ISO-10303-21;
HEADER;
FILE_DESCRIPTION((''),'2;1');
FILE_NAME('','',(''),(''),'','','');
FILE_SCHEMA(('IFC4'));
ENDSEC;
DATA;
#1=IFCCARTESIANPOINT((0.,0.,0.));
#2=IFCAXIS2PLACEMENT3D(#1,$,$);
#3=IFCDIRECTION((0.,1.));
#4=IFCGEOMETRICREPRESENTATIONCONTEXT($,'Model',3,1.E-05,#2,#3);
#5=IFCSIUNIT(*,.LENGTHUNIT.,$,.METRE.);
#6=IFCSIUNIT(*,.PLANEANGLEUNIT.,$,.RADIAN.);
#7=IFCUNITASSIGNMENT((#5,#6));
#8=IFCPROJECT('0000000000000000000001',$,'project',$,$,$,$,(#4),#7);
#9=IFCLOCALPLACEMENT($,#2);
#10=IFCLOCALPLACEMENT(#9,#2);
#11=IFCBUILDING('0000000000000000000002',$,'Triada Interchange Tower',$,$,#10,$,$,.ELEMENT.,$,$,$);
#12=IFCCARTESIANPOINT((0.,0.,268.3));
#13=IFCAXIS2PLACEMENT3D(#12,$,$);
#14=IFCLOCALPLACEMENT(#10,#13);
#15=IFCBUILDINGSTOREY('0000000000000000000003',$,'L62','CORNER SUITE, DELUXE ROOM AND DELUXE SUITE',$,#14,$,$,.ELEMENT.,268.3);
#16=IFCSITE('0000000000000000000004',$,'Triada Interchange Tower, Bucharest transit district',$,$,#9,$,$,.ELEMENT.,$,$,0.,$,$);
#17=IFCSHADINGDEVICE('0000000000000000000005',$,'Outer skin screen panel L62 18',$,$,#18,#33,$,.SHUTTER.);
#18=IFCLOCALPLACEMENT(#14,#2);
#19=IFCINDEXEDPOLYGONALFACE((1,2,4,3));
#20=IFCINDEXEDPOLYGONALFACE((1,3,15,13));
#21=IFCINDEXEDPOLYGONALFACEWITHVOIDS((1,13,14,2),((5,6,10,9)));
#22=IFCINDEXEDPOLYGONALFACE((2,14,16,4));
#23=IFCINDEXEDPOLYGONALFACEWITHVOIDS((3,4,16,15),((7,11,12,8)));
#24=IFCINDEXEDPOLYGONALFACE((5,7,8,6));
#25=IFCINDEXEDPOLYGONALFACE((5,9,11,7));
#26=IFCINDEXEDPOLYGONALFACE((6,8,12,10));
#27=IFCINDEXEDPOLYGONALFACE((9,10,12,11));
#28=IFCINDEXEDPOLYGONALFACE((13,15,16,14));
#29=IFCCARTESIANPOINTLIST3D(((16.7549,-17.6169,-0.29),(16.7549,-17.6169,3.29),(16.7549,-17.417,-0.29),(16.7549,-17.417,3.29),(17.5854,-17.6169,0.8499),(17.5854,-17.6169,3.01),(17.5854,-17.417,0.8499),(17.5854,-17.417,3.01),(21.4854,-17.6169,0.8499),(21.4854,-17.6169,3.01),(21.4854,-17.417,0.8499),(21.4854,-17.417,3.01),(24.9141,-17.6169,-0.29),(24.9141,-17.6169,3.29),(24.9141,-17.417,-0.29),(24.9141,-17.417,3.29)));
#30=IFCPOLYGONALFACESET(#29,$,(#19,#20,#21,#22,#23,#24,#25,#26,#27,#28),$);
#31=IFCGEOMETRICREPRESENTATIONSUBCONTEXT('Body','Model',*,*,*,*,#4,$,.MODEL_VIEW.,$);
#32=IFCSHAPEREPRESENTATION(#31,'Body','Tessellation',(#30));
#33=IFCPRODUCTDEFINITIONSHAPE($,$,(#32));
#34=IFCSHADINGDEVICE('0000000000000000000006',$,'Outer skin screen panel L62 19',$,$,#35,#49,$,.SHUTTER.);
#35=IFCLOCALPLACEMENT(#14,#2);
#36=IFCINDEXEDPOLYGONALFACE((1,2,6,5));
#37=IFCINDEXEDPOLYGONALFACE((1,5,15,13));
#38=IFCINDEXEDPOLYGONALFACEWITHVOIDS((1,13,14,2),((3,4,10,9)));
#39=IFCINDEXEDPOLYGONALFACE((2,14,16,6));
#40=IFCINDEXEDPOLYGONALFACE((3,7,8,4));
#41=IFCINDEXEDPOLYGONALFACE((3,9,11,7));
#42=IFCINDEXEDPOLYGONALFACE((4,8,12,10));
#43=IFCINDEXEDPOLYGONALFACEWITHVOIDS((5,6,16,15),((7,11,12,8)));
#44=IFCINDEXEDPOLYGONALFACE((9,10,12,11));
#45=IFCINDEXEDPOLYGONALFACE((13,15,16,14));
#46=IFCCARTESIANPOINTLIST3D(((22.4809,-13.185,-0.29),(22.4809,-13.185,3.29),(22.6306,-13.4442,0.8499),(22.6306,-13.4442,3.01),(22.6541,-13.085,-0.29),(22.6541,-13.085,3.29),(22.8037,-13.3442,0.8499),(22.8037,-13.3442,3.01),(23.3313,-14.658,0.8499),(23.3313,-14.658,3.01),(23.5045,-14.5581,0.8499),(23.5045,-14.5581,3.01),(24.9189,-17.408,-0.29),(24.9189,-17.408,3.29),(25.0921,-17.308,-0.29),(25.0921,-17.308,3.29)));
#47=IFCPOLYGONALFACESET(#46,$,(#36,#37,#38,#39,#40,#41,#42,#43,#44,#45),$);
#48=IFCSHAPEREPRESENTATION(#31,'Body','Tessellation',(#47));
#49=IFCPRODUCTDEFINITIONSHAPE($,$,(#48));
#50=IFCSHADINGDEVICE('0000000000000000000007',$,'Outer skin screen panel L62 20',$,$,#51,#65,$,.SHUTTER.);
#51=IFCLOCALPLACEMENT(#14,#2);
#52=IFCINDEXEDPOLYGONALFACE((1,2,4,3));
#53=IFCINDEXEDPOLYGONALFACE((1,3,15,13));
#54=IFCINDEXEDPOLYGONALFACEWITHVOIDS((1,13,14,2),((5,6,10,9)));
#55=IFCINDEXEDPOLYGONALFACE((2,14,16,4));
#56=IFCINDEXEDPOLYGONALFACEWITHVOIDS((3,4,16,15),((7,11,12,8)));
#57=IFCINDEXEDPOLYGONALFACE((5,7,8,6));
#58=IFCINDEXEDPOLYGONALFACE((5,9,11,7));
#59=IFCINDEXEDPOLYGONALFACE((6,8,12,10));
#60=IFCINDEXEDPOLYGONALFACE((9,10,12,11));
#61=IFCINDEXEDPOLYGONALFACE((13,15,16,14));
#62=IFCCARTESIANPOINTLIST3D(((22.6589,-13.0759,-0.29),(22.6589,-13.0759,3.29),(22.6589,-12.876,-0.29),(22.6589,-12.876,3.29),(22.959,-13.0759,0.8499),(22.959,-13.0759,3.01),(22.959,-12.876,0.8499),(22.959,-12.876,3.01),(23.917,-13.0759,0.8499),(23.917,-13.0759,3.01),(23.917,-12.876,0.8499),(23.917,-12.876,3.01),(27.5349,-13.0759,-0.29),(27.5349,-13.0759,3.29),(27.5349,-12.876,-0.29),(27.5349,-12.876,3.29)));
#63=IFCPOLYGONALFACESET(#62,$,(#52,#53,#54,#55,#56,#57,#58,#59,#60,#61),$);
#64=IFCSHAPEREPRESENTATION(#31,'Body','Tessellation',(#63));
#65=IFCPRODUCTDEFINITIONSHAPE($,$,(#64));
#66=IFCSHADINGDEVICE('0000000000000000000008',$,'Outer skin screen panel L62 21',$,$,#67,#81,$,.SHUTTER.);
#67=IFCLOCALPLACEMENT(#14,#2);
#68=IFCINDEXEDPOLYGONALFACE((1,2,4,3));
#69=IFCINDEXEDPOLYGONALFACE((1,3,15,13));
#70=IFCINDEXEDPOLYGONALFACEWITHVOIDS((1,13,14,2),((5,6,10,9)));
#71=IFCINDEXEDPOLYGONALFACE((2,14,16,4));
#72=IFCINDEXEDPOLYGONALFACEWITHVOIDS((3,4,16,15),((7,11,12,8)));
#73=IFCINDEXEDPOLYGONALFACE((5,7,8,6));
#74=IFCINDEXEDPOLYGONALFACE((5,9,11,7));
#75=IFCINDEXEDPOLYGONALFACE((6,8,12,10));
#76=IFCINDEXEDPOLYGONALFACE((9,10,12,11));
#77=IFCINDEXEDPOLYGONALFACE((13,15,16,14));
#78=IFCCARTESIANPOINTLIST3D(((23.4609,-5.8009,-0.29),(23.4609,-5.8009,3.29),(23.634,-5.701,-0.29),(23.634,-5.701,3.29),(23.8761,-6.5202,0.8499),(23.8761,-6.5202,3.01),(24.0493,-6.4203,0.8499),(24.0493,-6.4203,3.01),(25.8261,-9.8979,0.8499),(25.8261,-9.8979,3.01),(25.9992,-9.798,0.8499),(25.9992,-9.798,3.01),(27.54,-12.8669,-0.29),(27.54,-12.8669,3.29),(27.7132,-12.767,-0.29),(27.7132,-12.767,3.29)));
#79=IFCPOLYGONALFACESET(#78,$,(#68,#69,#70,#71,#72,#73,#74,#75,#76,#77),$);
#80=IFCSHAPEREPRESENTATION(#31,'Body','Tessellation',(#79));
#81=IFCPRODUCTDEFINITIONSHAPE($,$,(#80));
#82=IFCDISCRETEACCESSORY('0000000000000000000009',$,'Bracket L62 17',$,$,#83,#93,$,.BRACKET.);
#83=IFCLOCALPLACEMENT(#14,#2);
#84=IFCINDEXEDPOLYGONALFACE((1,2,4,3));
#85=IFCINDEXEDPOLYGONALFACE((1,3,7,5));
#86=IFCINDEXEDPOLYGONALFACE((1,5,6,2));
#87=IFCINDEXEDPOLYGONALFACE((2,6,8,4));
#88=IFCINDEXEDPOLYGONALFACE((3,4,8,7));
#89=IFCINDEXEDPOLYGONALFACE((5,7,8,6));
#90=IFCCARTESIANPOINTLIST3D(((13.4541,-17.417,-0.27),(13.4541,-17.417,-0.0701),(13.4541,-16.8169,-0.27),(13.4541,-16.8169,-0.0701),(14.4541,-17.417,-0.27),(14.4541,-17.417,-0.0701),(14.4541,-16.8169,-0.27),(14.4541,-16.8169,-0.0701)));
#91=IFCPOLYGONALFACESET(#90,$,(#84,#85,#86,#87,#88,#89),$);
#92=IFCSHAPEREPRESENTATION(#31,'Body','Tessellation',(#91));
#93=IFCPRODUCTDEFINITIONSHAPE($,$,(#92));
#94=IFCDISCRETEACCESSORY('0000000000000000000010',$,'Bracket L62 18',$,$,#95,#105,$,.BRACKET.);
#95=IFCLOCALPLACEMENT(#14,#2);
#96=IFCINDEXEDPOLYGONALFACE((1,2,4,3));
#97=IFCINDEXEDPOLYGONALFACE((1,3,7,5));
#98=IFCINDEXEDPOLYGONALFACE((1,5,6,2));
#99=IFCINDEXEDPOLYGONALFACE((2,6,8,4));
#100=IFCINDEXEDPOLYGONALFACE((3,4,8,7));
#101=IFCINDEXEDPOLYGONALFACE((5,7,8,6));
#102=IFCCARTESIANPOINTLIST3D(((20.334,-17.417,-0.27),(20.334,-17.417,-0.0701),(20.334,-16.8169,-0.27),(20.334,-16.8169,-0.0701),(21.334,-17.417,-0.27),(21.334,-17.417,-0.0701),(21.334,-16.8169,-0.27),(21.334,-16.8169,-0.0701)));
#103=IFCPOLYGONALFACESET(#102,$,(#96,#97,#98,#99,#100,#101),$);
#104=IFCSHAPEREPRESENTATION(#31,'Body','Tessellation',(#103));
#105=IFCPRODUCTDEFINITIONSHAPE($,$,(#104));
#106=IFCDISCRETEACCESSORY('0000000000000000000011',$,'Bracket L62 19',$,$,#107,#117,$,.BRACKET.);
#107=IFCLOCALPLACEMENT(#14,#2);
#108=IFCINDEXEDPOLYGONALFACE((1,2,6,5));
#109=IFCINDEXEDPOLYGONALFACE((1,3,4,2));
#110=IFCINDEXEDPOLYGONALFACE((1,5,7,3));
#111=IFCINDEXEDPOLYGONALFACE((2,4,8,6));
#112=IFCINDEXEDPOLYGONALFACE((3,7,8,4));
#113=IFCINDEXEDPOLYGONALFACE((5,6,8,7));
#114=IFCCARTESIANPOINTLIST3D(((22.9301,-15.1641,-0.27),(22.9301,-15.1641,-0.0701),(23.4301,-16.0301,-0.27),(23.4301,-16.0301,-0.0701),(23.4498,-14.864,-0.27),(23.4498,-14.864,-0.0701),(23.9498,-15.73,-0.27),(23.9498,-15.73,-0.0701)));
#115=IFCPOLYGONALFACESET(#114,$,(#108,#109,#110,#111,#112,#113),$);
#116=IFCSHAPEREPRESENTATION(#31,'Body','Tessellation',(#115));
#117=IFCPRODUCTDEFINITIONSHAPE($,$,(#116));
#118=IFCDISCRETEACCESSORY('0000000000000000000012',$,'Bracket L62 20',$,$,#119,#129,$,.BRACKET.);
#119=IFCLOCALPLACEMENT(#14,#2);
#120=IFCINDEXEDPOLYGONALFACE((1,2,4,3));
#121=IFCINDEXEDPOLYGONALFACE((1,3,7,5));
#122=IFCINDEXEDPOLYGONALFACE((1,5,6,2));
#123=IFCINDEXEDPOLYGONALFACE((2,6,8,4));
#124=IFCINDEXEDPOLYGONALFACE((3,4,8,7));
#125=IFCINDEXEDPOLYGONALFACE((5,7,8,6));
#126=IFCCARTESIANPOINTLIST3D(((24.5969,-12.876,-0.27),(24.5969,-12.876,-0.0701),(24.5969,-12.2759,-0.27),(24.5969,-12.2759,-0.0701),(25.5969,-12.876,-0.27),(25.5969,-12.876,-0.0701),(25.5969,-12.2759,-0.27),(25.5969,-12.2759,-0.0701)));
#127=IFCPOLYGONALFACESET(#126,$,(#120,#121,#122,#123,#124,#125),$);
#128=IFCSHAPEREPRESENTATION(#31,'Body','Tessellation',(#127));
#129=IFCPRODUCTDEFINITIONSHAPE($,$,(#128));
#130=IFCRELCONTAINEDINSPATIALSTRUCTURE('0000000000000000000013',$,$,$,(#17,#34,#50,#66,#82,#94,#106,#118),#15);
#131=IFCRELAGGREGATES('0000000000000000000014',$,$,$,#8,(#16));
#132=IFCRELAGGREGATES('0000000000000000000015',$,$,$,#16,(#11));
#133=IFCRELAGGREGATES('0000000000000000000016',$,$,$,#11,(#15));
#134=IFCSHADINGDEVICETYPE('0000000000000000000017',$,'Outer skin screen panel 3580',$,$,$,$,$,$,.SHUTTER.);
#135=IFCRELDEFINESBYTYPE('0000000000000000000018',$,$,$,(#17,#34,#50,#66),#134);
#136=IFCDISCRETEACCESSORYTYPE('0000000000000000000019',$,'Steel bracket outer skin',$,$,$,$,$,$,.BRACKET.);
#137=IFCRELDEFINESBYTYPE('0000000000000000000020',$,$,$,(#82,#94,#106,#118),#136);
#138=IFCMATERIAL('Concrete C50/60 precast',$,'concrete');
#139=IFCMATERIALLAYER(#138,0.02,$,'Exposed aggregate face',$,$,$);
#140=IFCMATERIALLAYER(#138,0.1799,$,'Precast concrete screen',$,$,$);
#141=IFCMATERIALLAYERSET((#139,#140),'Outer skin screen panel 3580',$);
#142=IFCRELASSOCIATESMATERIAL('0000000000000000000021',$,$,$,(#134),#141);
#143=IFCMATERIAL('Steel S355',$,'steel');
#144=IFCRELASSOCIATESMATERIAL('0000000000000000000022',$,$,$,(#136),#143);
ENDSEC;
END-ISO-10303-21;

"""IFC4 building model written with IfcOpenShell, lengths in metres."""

from ifc_helpers import new_model, si_unit, direction, frame, origin, origin_2d, place, context, subcontext, project, spatial, polyline, rectangle, outline, extrude, material, layer, layer_set, type_object, element, save


model = new_model("IFC4")

# Units and contexts
model_context = context("Model", 3, precision=1e-05, world=origin(), true_north=direction((0.0, 1.0)))
body_context = subcontext(model_context, "Body", "Model", "MODEL_VIEW")
ifc_project = project(units=[si_unit("LENGTHUNIT", "METRE"), si_unit("PLANEANGLEUNIT", "RADIAN")], contexts=[model_context])

# Site, building, storey
site_placement = place(None, origin())
site = spatial("IfcSite", under=ifc_project, at=site_placement, Name="Triada Interchange Tower, Bucharest transit district", CompositionType="ELEMENT", RefElevation=0.0)
building_placement = place(site_placement, origin())
building = spatial("IfcBuilding", under=site, at=building_placement, Name="Triada Interchange Tower", CompositionType="ELEMENT")
storey_placement = place(building_placement, frame((0.0, 0.0, 268.3)))
storey = spatial("IfcBuildingStorey", under=building, at=storey_placement, Name="L62", Description="CORNER SUITE, DELUXE ROOM AND DELUXE SUITE", CompositionType="ELEMENT", Elevation=268.3)

# Shading devices
ifc_material_1 = material(Name="Concrete C50/60 precast", Category="concrete")
ifc_layer_1 = layer(ifc_material_1, 0.02, Name="Exposed aggregate face")
ifc_layer_2 = layer(ifc_material_1, 0.1799, Name="Precast concrete screen")
ifc_layer_set_1 = layer_set([ifc_layer_1, ifc_layer_2], Name="Outer skin screen panel 3580")
shading_device_type = type_object("IfcShadingDeviceType", Name="Outer skin screen panel 3580", PredefinedType="SHUTTER", material=ifc_layer_set_1)
shading_device_1_placement = place(storey_placement, frame((16.7549, -17.417, -0.29), z_axis=(0.0, 0.0, 1.0), x_axis=(1.0, 0.0, 0.0)))
element("IfcShadingDevice", 1, at=shading_device_1_placement, inside=storey, type_object=shading_device_type, Name="Outer skin screen panel L62 18", PredefinedType="SHUTTER", context=body_context, shape_type="SweptSolid", body=[
    extrude(outline(polyline([(0.0, 0.0), (8.1592, 0.0), (8.1592, 3.5801), (0.0, 3.5801), (0.0, 0.0)]), holes=[polyline([(0.8306, 1.1399), (0.8306, 3.3), (4.7305, 3.3), (4.7305, 1.1399), (0.8306, 1.1399)])]), frame((0.0, 0.0, 0.0), z_axis=(0.0, -1.0, 0.0), x_axis=(1.0, 0.0, 0.0)), (0.0, 0.0, 1.0), 0.2),
])
shading_device_2_placement = place(storey_placement, frame((24.9189, -17.408, -0.29), z_axis=(0.0, 0.0, 1.0), x_axis=(-0.499984, 0.866035, 0.0)))
element("IfcShadingDevice", 2, at=shading_device_2_placement, inside=storey, type_object=shading_device_type, Name="Outer skin screen panel L62 19", PredefinedType="SHUTTER", context=body_context, shape_type="SweptSolid", body=[
    extrude(outline(polyline([(0.0, 0.0), (4.8762, 0.0), (4.8762, 3.5801), (0.0, 3.5801), (0.0, 0.0)]), holes=[polyline([(3.1753, 1.1399), (3.1753, 3.3), (4.5769, 3.3), (4.5769, 1.1399), (3.1753, 1.1399)])]), frame((0.0, 0.0, 0.0), z_axis=(0.0, -1.0, 0.0), x_axis=(1.0, 0.0, 0.0)), (0.0, 0.0, 1.0), 0.2),
])
shading_device_3_placement = place(storey_placement, frame((22.6589, -12.876, -0.29), z_axis=(0.0, 0.0, 1.0), x_axis=(1.0, 0.0, 0.0)))
element("IfcShadingDevice", 3, at=shading_device_3_placement, inside=storey, type_object=shading_device_type, Name="Outer skin screen panel L62 20", PredefinedType="SHUTTER", context=body_context, shape_type="SweptSolid", body=[
    extrude(outline(polyline([(0.0, 0.0), (4.876, 0.0), (4.876, 3.5801), (0.0, 3.5801), (0.0, 0.0)]), holes=[polyline([(0.3, 1.1399), (0.3, 3.3), (1.2581, 3.3), (1.2581, 1.1399), (0.3, 1.1399)])]), frame((0.0, 0.0, 0.0), z_axis=(0.0, -1.0, 0.0), x_axis=(1.0, 0.0, 0.0)), (0.0, 0.0, 1.0), 0.2),
])
shading_device_4_placement = place(storey_placement, frame((27.54, -12.8669, -0.29), z_axis=(0.0, 0.0, 1.0), x_axis=(-0.499962, 0.866047, 0.0)))
element("IfcShadingDevice", 4, at=shading_device_4_placement, inside=storey, type_object=shading_device_type, Name="Outer skin screen panel L62 21", PredefinedType="SHUTTER", context=body_context, shape_type="SweptSolid", body=[
    extrude(outline(polyline([(0.0, 0.0), (8.1589, 0.0), (8.1589, 3.5801), (0.0, 3.5801), (0.0, 0.0)]), holes=[polyline([(3.4282, 1.1399), (3.4282, 3.3), (7.3284, 3.3), (7.3284, 1.1399), (3.4282, 1.1399)])]), frame((0.0, 0.0, 0.0), z_axis=(0.0, -1.0, 0.0), x_axis=(1.0, 0.0, 0.0)), (0.0, 0.0, 1.0), 0.2),
])

# Discrete accessories
ifc_material_2 = material(Name="Steel S355", Category="steel")
discrete_accessory_type = type_object("IfcDiscreteAccessoryType", Name="Steel bracket outer skin", PredefinedType="BRACKET", material=ifc_material_2)
for number, where, z_axis, x_axis, name in (
    (5, (13.9541, -17.1169, -0.27), (0.0, 0.0, 1.0), (0.0, -1.0, 0.0), "Bracket L62 17"),
    (6, (20.834, -17.1169, -0.27), (0.0, 0.0, 1.0), (0.0, -1.0, 0.0), "Bracket L62 18"),
    (7, (23.4399, -15.447, -0.27), (0.0, 0.0, 1.0), (0.866005, 0.500036, 0.0), "Bracket L62 19"),
    (8, (25.0969, -12.5759, -0.27), (0.0, 0.0, 1.0), (0.0, -1.0, 0.0), "Bracket L62 20"),
):
    element("IfcDiscreteAccessory", number, at=place(storey_placement, frame(where, z_axis=z_axis, x_axis=x_axis)), inside=storey, type_object=discrete_accessory_type, Name=name, PredefinedType="BRACKET", context=body_context, shape_type="SweptSolid", body=[
        extrude(rectangle(XDim=0.6001, YDim=1.0, at=origin_2d()), origin(), (0.0, 0.0, 1.0), 0.2),
    ])

save(model, "model.ifc")
